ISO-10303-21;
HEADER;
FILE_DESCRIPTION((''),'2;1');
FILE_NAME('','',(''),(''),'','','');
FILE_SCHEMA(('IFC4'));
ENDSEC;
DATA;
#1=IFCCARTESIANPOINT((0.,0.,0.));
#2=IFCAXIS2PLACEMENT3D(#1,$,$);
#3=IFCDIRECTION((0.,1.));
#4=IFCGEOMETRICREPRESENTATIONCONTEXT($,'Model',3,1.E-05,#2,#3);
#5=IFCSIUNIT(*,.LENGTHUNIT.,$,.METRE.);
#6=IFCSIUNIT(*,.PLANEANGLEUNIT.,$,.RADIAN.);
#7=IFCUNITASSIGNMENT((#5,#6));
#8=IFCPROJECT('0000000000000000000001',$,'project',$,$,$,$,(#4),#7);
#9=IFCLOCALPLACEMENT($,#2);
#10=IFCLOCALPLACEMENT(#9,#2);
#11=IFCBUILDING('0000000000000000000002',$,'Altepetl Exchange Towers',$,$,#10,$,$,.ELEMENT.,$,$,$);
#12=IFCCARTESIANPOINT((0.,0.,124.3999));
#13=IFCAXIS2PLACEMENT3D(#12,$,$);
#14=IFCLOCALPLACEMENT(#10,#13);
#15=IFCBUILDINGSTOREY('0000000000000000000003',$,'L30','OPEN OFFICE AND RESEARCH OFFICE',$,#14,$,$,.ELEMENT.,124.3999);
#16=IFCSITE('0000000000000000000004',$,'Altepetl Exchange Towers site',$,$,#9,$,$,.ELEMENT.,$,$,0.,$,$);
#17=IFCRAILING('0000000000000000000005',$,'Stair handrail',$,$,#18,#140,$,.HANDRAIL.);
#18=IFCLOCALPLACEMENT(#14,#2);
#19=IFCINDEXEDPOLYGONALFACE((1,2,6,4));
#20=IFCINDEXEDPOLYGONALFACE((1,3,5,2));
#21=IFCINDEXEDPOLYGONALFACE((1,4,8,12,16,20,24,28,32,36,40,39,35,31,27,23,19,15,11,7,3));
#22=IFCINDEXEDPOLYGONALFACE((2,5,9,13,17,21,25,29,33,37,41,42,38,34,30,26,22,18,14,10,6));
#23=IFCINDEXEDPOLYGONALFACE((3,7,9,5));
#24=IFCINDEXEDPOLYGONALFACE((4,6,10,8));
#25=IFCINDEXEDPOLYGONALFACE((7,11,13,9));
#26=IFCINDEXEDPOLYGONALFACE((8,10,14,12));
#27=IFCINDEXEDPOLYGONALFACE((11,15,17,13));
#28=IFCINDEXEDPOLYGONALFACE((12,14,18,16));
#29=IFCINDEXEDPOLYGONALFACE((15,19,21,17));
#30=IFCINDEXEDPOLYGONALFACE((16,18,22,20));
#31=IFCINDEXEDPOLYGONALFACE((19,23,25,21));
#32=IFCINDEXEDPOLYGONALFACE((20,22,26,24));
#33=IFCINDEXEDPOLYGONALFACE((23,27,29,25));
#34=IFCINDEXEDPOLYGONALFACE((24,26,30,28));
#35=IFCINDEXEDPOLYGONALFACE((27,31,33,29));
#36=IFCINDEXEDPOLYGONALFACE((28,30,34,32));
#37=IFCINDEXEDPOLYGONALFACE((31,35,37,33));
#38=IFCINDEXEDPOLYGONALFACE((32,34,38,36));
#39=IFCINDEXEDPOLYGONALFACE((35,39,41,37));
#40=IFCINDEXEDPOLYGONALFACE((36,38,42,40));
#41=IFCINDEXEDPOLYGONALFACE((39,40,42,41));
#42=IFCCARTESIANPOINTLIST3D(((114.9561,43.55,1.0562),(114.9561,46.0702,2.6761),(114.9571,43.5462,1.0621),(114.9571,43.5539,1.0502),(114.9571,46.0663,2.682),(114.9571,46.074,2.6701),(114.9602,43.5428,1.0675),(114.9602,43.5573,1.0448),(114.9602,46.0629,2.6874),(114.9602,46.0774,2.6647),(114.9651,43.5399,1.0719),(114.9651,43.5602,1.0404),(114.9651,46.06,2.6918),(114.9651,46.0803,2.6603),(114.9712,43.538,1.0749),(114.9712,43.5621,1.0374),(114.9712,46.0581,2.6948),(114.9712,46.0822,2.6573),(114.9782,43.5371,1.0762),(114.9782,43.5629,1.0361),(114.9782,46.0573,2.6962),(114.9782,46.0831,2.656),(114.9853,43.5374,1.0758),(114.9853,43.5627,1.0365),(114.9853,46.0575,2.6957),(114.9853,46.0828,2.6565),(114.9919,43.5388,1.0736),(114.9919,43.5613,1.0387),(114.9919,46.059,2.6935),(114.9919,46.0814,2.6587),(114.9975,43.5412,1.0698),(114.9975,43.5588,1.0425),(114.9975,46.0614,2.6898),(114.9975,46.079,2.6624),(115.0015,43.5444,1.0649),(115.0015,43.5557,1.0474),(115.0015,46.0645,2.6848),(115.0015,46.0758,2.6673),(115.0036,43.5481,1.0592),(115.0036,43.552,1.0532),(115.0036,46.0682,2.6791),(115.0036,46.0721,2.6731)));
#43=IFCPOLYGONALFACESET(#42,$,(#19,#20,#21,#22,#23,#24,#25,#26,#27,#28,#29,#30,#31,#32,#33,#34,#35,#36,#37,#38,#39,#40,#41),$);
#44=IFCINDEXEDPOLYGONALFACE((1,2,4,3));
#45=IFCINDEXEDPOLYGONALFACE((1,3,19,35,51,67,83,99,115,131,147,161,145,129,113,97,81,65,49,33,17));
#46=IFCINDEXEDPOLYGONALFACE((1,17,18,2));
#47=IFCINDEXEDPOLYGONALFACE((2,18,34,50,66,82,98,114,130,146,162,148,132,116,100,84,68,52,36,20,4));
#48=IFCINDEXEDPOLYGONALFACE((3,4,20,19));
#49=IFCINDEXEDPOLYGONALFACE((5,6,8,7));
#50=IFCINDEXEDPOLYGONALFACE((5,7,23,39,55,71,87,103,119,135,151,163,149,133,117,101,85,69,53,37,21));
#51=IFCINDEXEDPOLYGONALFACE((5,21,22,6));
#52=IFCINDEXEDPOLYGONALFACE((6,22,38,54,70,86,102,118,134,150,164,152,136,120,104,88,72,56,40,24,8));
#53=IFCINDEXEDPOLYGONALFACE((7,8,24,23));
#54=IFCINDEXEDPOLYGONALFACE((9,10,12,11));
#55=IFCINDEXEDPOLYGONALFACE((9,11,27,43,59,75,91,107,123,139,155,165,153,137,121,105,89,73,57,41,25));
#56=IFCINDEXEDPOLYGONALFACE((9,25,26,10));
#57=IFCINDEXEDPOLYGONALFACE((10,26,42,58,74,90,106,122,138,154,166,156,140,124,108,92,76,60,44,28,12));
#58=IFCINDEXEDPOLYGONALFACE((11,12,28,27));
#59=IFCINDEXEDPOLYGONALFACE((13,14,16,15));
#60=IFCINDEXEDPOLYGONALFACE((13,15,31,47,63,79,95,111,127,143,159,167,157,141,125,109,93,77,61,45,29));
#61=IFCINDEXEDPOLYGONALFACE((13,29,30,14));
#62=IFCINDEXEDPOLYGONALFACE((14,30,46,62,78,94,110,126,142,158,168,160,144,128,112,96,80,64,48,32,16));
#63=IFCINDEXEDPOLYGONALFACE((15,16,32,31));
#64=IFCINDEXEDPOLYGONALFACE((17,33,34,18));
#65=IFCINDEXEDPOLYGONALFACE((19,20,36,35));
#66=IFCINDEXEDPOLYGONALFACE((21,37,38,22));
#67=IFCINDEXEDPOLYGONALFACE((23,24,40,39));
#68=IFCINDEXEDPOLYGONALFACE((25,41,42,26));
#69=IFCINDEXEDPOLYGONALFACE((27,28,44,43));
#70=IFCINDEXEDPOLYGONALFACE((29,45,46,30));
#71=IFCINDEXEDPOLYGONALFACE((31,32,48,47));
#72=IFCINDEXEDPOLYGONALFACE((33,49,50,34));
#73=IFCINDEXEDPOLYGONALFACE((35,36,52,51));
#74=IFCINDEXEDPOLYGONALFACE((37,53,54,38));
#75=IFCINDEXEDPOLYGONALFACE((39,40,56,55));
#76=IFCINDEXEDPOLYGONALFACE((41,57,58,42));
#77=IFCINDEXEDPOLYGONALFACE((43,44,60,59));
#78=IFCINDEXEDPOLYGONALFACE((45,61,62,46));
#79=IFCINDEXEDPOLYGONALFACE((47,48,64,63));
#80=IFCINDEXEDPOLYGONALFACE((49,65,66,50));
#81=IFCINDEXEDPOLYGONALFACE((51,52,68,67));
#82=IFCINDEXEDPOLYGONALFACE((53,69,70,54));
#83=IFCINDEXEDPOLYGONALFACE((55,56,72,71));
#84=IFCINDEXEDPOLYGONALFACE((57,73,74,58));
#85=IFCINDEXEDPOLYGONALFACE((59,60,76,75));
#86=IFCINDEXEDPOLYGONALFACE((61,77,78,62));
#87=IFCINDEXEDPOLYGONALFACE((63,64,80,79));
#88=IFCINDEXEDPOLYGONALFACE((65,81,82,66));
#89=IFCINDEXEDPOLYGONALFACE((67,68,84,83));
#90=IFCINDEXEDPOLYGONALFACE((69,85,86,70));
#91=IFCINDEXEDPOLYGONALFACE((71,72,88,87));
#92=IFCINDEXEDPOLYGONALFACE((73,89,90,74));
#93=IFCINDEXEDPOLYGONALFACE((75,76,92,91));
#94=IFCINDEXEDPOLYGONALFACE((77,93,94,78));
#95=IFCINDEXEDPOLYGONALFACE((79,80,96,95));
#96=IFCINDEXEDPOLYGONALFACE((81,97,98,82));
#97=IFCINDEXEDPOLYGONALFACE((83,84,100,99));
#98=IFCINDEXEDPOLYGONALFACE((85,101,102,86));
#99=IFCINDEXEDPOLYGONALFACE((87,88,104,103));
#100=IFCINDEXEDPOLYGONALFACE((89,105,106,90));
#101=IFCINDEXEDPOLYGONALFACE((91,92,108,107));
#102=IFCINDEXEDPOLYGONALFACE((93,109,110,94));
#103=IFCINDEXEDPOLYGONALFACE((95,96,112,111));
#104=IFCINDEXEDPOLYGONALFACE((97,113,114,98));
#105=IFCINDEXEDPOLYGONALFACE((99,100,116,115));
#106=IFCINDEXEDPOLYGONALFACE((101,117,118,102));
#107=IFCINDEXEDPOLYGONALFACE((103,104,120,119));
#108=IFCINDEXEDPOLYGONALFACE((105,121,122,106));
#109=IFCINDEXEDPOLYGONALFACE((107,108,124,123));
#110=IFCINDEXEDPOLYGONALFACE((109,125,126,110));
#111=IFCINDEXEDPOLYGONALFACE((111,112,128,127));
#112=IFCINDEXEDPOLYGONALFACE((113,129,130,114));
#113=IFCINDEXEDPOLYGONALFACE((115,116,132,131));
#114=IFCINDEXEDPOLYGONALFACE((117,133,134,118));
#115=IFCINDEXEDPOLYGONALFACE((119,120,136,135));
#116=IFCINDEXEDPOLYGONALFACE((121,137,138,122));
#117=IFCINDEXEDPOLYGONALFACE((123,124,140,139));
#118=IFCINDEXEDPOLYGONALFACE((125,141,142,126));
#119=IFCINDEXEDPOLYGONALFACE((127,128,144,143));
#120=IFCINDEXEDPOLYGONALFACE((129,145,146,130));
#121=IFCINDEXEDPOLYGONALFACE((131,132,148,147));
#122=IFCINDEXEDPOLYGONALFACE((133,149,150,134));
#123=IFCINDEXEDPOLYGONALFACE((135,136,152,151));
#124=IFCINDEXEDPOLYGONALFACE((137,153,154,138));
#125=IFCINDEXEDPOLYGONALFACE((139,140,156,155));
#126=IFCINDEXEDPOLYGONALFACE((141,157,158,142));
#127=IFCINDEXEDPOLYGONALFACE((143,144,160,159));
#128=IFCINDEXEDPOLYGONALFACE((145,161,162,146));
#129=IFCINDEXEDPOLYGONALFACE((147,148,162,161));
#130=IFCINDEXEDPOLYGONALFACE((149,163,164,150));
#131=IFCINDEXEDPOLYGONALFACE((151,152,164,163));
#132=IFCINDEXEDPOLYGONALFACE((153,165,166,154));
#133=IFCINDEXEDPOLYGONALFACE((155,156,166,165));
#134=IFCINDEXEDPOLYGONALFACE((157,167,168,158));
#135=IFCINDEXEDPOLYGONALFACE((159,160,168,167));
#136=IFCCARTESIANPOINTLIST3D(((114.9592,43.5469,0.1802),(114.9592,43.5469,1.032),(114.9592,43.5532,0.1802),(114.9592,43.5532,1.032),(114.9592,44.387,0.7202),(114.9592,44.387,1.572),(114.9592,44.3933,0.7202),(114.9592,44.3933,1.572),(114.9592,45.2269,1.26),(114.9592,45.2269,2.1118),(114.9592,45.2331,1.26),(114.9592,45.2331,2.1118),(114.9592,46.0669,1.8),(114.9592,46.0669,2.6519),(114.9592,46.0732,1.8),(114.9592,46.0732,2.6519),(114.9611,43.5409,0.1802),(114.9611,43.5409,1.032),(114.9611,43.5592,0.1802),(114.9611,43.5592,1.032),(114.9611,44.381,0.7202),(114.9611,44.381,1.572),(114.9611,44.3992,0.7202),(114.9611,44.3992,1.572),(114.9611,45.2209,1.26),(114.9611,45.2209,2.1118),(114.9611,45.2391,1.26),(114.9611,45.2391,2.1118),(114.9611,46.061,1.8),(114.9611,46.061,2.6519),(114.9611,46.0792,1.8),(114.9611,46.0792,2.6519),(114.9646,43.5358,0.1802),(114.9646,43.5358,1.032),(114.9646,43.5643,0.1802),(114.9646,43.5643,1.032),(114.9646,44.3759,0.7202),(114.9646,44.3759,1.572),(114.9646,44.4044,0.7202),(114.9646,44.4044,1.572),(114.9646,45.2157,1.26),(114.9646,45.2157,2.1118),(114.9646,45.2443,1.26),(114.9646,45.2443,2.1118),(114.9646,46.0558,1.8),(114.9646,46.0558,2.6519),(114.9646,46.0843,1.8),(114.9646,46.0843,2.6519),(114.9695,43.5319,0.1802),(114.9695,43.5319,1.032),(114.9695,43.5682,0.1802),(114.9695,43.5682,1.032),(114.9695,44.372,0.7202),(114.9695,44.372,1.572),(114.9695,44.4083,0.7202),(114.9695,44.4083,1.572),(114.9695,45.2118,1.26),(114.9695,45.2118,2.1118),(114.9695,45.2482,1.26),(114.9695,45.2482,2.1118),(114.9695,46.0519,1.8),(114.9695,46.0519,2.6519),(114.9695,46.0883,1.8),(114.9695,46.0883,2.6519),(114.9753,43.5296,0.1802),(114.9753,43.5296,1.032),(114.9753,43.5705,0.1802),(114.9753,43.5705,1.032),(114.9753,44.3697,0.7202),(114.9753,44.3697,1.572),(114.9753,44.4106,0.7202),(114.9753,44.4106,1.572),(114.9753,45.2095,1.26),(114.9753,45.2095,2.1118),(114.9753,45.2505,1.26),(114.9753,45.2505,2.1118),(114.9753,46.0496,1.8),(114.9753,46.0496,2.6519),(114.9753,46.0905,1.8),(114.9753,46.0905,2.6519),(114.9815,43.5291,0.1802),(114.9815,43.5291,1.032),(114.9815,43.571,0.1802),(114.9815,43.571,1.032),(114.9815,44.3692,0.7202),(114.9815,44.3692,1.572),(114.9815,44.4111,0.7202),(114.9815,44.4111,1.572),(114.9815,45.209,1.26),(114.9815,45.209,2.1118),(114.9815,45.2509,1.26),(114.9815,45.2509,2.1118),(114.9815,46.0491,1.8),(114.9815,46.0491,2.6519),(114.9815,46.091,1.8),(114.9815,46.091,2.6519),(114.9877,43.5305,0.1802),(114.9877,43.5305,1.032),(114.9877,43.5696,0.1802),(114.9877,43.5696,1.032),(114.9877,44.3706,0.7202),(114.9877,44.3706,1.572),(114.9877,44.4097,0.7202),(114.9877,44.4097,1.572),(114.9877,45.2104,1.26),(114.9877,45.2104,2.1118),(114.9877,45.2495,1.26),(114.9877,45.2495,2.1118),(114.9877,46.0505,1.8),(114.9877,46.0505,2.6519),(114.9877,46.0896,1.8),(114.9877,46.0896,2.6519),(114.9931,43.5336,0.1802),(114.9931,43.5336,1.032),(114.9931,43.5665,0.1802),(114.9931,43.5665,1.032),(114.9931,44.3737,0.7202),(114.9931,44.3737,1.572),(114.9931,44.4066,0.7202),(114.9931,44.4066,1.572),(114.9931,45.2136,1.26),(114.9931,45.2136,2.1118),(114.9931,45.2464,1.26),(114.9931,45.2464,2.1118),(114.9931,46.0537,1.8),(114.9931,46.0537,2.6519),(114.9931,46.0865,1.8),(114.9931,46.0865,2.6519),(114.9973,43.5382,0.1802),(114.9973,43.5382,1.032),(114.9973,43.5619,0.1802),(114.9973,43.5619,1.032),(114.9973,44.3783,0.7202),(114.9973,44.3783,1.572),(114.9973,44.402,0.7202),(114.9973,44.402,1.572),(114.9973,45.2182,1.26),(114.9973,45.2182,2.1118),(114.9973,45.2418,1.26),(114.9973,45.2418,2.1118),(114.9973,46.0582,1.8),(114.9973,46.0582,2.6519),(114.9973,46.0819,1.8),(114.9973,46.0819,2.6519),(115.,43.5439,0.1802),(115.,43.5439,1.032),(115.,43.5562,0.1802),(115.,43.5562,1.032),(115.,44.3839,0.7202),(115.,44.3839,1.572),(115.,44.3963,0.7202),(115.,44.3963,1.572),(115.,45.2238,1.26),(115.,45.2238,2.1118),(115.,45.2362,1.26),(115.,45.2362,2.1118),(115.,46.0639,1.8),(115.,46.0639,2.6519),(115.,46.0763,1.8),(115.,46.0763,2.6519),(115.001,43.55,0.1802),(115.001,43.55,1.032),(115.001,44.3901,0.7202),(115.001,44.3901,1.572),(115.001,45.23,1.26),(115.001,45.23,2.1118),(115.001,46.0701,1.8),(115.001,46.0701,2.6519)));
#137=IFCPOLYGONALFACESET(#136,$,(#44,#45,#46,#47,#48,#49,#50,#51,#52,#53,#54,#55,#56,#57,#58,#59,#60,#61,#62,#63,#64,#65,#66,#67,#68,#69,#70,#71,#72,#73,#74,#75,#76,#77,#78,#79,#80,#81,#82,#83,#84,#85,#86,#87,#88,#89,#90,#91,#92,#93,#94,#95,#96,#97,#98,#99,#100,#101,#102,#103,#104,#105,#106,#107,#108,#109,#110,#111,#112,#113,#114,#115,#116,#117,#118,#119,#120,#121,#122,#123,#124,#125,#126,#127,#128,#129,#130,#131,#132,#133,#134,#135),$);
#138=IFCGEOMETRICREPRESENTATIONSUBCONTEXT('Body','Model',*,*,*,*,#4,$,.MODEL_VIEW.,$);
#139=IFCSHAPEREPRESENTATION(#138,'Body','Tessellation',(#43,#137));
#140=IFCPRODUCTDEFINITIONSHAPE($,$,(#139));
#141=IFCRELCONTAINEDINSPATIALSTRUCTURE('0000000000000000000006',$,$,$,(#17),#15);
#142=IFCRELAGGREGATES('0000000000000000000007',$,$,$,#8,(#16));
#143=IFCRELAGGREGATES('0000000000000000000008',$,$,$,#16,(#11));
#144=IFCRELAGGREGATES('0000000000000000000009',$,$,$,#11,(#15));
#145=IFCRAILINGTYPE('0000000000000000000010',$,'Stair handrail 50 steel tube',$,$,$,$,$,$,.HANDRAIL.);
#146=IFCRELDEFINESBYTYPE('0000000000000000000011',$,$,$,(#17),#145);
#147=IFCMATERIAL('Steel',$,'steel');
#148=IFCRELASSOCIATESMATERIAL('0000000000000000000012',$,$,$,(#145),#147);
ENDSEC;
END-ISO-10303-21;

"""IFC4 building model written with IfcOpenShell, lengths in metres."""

from ifc_helpers import new_model, si_unit, direction, frame, origin, origin_2d, place, context, subcontext, project, spatial, circle, extrude, source, transform, mapped, material, type_object, element, save


model = new_model("IFC4")

# Units and contexts
model_context = context("Model", 3, precision=1e-05, world=origin(), true_north=direction((0.0, 1.0)))
body_context = subcontext(model_context, "Body", "Model", "MODEL_VIEW")
ifc_project = project(units=[si_unit("LENGTHUNIT", "METRE"), si_unit("PLANEANGLEUNIT", "RADIAN")], contexts=[model_context])

# Site, building, storey
site_placement = place(None, origin())
site = spatial("IfcSite", under=ifc_project, at=site_placement, Name="Altepetl Exchange Towers site", CompositionType="ELEMENT", RefElevation=0.0)
building_placement = place(site_placement, origin())
building = spatial("IfcBuilding", under=site, at=building_placement, Name="Altepetl Exchange Towers", CompositionType="ELEMENT")
storey_placement = place(building_placement, frame((0.0, 0.0, 124.3999)))
storey = spatial("IfcBuildingStorey", under=building, at=storey_placement, Name="L30", Description="OPEN OFFICE AND RESEARCH OFFICE", CompositionType="ELEMENT", Elevation=124.3999)

# Railing
ifc_material_1 = material(Name="Steel", Category="steel")
railing_type = type_object("IfcRailingType", Name="Stair handrail 50 steel tube", PredefinedType="HANDRAIL", material=ifc_material_1)
shared_shape = source(origin(), body_context, "Body", "SweptSolid", [
    extrude(circle(Radius=0.021, at=origin_2d()), origin(), (0.0, 0.0, 1.0), 0.8518),
])
railing_1_placement = place(storey_placement, frame((114.98, 43.55, 0.1802)))
element("IfcRailing", 1, at=railing_1_placement, inside=storey, type_object=railing_type, Name="Stair handrail", PredefinedType="HANDRAIL", context=body_context, shape_type="SweptSolid", body=[
    extrude(circle(Radius=0.0239, at=origin_2d()), frame((0.0, 0.0, 0.876), z_axis=(0.0, 0.8412, 0.540725), x_axis=(-1.0, 0.0, 0.0)), (0.0, 0.0, 1.0), 2.9958),
    mapped(shared_shape, transform((0.0, 0.0, 0.0))),
    mapped(shared_shape, transform((0.0, 0.8401, 0.54))),
    mapped(shared_shape, transform((0.0, 1.6799, 1.0798))),
    mapped(shared_shape, transform((0.0, 2.52, 1.6199))),
])

save(model, "model.ifc")
